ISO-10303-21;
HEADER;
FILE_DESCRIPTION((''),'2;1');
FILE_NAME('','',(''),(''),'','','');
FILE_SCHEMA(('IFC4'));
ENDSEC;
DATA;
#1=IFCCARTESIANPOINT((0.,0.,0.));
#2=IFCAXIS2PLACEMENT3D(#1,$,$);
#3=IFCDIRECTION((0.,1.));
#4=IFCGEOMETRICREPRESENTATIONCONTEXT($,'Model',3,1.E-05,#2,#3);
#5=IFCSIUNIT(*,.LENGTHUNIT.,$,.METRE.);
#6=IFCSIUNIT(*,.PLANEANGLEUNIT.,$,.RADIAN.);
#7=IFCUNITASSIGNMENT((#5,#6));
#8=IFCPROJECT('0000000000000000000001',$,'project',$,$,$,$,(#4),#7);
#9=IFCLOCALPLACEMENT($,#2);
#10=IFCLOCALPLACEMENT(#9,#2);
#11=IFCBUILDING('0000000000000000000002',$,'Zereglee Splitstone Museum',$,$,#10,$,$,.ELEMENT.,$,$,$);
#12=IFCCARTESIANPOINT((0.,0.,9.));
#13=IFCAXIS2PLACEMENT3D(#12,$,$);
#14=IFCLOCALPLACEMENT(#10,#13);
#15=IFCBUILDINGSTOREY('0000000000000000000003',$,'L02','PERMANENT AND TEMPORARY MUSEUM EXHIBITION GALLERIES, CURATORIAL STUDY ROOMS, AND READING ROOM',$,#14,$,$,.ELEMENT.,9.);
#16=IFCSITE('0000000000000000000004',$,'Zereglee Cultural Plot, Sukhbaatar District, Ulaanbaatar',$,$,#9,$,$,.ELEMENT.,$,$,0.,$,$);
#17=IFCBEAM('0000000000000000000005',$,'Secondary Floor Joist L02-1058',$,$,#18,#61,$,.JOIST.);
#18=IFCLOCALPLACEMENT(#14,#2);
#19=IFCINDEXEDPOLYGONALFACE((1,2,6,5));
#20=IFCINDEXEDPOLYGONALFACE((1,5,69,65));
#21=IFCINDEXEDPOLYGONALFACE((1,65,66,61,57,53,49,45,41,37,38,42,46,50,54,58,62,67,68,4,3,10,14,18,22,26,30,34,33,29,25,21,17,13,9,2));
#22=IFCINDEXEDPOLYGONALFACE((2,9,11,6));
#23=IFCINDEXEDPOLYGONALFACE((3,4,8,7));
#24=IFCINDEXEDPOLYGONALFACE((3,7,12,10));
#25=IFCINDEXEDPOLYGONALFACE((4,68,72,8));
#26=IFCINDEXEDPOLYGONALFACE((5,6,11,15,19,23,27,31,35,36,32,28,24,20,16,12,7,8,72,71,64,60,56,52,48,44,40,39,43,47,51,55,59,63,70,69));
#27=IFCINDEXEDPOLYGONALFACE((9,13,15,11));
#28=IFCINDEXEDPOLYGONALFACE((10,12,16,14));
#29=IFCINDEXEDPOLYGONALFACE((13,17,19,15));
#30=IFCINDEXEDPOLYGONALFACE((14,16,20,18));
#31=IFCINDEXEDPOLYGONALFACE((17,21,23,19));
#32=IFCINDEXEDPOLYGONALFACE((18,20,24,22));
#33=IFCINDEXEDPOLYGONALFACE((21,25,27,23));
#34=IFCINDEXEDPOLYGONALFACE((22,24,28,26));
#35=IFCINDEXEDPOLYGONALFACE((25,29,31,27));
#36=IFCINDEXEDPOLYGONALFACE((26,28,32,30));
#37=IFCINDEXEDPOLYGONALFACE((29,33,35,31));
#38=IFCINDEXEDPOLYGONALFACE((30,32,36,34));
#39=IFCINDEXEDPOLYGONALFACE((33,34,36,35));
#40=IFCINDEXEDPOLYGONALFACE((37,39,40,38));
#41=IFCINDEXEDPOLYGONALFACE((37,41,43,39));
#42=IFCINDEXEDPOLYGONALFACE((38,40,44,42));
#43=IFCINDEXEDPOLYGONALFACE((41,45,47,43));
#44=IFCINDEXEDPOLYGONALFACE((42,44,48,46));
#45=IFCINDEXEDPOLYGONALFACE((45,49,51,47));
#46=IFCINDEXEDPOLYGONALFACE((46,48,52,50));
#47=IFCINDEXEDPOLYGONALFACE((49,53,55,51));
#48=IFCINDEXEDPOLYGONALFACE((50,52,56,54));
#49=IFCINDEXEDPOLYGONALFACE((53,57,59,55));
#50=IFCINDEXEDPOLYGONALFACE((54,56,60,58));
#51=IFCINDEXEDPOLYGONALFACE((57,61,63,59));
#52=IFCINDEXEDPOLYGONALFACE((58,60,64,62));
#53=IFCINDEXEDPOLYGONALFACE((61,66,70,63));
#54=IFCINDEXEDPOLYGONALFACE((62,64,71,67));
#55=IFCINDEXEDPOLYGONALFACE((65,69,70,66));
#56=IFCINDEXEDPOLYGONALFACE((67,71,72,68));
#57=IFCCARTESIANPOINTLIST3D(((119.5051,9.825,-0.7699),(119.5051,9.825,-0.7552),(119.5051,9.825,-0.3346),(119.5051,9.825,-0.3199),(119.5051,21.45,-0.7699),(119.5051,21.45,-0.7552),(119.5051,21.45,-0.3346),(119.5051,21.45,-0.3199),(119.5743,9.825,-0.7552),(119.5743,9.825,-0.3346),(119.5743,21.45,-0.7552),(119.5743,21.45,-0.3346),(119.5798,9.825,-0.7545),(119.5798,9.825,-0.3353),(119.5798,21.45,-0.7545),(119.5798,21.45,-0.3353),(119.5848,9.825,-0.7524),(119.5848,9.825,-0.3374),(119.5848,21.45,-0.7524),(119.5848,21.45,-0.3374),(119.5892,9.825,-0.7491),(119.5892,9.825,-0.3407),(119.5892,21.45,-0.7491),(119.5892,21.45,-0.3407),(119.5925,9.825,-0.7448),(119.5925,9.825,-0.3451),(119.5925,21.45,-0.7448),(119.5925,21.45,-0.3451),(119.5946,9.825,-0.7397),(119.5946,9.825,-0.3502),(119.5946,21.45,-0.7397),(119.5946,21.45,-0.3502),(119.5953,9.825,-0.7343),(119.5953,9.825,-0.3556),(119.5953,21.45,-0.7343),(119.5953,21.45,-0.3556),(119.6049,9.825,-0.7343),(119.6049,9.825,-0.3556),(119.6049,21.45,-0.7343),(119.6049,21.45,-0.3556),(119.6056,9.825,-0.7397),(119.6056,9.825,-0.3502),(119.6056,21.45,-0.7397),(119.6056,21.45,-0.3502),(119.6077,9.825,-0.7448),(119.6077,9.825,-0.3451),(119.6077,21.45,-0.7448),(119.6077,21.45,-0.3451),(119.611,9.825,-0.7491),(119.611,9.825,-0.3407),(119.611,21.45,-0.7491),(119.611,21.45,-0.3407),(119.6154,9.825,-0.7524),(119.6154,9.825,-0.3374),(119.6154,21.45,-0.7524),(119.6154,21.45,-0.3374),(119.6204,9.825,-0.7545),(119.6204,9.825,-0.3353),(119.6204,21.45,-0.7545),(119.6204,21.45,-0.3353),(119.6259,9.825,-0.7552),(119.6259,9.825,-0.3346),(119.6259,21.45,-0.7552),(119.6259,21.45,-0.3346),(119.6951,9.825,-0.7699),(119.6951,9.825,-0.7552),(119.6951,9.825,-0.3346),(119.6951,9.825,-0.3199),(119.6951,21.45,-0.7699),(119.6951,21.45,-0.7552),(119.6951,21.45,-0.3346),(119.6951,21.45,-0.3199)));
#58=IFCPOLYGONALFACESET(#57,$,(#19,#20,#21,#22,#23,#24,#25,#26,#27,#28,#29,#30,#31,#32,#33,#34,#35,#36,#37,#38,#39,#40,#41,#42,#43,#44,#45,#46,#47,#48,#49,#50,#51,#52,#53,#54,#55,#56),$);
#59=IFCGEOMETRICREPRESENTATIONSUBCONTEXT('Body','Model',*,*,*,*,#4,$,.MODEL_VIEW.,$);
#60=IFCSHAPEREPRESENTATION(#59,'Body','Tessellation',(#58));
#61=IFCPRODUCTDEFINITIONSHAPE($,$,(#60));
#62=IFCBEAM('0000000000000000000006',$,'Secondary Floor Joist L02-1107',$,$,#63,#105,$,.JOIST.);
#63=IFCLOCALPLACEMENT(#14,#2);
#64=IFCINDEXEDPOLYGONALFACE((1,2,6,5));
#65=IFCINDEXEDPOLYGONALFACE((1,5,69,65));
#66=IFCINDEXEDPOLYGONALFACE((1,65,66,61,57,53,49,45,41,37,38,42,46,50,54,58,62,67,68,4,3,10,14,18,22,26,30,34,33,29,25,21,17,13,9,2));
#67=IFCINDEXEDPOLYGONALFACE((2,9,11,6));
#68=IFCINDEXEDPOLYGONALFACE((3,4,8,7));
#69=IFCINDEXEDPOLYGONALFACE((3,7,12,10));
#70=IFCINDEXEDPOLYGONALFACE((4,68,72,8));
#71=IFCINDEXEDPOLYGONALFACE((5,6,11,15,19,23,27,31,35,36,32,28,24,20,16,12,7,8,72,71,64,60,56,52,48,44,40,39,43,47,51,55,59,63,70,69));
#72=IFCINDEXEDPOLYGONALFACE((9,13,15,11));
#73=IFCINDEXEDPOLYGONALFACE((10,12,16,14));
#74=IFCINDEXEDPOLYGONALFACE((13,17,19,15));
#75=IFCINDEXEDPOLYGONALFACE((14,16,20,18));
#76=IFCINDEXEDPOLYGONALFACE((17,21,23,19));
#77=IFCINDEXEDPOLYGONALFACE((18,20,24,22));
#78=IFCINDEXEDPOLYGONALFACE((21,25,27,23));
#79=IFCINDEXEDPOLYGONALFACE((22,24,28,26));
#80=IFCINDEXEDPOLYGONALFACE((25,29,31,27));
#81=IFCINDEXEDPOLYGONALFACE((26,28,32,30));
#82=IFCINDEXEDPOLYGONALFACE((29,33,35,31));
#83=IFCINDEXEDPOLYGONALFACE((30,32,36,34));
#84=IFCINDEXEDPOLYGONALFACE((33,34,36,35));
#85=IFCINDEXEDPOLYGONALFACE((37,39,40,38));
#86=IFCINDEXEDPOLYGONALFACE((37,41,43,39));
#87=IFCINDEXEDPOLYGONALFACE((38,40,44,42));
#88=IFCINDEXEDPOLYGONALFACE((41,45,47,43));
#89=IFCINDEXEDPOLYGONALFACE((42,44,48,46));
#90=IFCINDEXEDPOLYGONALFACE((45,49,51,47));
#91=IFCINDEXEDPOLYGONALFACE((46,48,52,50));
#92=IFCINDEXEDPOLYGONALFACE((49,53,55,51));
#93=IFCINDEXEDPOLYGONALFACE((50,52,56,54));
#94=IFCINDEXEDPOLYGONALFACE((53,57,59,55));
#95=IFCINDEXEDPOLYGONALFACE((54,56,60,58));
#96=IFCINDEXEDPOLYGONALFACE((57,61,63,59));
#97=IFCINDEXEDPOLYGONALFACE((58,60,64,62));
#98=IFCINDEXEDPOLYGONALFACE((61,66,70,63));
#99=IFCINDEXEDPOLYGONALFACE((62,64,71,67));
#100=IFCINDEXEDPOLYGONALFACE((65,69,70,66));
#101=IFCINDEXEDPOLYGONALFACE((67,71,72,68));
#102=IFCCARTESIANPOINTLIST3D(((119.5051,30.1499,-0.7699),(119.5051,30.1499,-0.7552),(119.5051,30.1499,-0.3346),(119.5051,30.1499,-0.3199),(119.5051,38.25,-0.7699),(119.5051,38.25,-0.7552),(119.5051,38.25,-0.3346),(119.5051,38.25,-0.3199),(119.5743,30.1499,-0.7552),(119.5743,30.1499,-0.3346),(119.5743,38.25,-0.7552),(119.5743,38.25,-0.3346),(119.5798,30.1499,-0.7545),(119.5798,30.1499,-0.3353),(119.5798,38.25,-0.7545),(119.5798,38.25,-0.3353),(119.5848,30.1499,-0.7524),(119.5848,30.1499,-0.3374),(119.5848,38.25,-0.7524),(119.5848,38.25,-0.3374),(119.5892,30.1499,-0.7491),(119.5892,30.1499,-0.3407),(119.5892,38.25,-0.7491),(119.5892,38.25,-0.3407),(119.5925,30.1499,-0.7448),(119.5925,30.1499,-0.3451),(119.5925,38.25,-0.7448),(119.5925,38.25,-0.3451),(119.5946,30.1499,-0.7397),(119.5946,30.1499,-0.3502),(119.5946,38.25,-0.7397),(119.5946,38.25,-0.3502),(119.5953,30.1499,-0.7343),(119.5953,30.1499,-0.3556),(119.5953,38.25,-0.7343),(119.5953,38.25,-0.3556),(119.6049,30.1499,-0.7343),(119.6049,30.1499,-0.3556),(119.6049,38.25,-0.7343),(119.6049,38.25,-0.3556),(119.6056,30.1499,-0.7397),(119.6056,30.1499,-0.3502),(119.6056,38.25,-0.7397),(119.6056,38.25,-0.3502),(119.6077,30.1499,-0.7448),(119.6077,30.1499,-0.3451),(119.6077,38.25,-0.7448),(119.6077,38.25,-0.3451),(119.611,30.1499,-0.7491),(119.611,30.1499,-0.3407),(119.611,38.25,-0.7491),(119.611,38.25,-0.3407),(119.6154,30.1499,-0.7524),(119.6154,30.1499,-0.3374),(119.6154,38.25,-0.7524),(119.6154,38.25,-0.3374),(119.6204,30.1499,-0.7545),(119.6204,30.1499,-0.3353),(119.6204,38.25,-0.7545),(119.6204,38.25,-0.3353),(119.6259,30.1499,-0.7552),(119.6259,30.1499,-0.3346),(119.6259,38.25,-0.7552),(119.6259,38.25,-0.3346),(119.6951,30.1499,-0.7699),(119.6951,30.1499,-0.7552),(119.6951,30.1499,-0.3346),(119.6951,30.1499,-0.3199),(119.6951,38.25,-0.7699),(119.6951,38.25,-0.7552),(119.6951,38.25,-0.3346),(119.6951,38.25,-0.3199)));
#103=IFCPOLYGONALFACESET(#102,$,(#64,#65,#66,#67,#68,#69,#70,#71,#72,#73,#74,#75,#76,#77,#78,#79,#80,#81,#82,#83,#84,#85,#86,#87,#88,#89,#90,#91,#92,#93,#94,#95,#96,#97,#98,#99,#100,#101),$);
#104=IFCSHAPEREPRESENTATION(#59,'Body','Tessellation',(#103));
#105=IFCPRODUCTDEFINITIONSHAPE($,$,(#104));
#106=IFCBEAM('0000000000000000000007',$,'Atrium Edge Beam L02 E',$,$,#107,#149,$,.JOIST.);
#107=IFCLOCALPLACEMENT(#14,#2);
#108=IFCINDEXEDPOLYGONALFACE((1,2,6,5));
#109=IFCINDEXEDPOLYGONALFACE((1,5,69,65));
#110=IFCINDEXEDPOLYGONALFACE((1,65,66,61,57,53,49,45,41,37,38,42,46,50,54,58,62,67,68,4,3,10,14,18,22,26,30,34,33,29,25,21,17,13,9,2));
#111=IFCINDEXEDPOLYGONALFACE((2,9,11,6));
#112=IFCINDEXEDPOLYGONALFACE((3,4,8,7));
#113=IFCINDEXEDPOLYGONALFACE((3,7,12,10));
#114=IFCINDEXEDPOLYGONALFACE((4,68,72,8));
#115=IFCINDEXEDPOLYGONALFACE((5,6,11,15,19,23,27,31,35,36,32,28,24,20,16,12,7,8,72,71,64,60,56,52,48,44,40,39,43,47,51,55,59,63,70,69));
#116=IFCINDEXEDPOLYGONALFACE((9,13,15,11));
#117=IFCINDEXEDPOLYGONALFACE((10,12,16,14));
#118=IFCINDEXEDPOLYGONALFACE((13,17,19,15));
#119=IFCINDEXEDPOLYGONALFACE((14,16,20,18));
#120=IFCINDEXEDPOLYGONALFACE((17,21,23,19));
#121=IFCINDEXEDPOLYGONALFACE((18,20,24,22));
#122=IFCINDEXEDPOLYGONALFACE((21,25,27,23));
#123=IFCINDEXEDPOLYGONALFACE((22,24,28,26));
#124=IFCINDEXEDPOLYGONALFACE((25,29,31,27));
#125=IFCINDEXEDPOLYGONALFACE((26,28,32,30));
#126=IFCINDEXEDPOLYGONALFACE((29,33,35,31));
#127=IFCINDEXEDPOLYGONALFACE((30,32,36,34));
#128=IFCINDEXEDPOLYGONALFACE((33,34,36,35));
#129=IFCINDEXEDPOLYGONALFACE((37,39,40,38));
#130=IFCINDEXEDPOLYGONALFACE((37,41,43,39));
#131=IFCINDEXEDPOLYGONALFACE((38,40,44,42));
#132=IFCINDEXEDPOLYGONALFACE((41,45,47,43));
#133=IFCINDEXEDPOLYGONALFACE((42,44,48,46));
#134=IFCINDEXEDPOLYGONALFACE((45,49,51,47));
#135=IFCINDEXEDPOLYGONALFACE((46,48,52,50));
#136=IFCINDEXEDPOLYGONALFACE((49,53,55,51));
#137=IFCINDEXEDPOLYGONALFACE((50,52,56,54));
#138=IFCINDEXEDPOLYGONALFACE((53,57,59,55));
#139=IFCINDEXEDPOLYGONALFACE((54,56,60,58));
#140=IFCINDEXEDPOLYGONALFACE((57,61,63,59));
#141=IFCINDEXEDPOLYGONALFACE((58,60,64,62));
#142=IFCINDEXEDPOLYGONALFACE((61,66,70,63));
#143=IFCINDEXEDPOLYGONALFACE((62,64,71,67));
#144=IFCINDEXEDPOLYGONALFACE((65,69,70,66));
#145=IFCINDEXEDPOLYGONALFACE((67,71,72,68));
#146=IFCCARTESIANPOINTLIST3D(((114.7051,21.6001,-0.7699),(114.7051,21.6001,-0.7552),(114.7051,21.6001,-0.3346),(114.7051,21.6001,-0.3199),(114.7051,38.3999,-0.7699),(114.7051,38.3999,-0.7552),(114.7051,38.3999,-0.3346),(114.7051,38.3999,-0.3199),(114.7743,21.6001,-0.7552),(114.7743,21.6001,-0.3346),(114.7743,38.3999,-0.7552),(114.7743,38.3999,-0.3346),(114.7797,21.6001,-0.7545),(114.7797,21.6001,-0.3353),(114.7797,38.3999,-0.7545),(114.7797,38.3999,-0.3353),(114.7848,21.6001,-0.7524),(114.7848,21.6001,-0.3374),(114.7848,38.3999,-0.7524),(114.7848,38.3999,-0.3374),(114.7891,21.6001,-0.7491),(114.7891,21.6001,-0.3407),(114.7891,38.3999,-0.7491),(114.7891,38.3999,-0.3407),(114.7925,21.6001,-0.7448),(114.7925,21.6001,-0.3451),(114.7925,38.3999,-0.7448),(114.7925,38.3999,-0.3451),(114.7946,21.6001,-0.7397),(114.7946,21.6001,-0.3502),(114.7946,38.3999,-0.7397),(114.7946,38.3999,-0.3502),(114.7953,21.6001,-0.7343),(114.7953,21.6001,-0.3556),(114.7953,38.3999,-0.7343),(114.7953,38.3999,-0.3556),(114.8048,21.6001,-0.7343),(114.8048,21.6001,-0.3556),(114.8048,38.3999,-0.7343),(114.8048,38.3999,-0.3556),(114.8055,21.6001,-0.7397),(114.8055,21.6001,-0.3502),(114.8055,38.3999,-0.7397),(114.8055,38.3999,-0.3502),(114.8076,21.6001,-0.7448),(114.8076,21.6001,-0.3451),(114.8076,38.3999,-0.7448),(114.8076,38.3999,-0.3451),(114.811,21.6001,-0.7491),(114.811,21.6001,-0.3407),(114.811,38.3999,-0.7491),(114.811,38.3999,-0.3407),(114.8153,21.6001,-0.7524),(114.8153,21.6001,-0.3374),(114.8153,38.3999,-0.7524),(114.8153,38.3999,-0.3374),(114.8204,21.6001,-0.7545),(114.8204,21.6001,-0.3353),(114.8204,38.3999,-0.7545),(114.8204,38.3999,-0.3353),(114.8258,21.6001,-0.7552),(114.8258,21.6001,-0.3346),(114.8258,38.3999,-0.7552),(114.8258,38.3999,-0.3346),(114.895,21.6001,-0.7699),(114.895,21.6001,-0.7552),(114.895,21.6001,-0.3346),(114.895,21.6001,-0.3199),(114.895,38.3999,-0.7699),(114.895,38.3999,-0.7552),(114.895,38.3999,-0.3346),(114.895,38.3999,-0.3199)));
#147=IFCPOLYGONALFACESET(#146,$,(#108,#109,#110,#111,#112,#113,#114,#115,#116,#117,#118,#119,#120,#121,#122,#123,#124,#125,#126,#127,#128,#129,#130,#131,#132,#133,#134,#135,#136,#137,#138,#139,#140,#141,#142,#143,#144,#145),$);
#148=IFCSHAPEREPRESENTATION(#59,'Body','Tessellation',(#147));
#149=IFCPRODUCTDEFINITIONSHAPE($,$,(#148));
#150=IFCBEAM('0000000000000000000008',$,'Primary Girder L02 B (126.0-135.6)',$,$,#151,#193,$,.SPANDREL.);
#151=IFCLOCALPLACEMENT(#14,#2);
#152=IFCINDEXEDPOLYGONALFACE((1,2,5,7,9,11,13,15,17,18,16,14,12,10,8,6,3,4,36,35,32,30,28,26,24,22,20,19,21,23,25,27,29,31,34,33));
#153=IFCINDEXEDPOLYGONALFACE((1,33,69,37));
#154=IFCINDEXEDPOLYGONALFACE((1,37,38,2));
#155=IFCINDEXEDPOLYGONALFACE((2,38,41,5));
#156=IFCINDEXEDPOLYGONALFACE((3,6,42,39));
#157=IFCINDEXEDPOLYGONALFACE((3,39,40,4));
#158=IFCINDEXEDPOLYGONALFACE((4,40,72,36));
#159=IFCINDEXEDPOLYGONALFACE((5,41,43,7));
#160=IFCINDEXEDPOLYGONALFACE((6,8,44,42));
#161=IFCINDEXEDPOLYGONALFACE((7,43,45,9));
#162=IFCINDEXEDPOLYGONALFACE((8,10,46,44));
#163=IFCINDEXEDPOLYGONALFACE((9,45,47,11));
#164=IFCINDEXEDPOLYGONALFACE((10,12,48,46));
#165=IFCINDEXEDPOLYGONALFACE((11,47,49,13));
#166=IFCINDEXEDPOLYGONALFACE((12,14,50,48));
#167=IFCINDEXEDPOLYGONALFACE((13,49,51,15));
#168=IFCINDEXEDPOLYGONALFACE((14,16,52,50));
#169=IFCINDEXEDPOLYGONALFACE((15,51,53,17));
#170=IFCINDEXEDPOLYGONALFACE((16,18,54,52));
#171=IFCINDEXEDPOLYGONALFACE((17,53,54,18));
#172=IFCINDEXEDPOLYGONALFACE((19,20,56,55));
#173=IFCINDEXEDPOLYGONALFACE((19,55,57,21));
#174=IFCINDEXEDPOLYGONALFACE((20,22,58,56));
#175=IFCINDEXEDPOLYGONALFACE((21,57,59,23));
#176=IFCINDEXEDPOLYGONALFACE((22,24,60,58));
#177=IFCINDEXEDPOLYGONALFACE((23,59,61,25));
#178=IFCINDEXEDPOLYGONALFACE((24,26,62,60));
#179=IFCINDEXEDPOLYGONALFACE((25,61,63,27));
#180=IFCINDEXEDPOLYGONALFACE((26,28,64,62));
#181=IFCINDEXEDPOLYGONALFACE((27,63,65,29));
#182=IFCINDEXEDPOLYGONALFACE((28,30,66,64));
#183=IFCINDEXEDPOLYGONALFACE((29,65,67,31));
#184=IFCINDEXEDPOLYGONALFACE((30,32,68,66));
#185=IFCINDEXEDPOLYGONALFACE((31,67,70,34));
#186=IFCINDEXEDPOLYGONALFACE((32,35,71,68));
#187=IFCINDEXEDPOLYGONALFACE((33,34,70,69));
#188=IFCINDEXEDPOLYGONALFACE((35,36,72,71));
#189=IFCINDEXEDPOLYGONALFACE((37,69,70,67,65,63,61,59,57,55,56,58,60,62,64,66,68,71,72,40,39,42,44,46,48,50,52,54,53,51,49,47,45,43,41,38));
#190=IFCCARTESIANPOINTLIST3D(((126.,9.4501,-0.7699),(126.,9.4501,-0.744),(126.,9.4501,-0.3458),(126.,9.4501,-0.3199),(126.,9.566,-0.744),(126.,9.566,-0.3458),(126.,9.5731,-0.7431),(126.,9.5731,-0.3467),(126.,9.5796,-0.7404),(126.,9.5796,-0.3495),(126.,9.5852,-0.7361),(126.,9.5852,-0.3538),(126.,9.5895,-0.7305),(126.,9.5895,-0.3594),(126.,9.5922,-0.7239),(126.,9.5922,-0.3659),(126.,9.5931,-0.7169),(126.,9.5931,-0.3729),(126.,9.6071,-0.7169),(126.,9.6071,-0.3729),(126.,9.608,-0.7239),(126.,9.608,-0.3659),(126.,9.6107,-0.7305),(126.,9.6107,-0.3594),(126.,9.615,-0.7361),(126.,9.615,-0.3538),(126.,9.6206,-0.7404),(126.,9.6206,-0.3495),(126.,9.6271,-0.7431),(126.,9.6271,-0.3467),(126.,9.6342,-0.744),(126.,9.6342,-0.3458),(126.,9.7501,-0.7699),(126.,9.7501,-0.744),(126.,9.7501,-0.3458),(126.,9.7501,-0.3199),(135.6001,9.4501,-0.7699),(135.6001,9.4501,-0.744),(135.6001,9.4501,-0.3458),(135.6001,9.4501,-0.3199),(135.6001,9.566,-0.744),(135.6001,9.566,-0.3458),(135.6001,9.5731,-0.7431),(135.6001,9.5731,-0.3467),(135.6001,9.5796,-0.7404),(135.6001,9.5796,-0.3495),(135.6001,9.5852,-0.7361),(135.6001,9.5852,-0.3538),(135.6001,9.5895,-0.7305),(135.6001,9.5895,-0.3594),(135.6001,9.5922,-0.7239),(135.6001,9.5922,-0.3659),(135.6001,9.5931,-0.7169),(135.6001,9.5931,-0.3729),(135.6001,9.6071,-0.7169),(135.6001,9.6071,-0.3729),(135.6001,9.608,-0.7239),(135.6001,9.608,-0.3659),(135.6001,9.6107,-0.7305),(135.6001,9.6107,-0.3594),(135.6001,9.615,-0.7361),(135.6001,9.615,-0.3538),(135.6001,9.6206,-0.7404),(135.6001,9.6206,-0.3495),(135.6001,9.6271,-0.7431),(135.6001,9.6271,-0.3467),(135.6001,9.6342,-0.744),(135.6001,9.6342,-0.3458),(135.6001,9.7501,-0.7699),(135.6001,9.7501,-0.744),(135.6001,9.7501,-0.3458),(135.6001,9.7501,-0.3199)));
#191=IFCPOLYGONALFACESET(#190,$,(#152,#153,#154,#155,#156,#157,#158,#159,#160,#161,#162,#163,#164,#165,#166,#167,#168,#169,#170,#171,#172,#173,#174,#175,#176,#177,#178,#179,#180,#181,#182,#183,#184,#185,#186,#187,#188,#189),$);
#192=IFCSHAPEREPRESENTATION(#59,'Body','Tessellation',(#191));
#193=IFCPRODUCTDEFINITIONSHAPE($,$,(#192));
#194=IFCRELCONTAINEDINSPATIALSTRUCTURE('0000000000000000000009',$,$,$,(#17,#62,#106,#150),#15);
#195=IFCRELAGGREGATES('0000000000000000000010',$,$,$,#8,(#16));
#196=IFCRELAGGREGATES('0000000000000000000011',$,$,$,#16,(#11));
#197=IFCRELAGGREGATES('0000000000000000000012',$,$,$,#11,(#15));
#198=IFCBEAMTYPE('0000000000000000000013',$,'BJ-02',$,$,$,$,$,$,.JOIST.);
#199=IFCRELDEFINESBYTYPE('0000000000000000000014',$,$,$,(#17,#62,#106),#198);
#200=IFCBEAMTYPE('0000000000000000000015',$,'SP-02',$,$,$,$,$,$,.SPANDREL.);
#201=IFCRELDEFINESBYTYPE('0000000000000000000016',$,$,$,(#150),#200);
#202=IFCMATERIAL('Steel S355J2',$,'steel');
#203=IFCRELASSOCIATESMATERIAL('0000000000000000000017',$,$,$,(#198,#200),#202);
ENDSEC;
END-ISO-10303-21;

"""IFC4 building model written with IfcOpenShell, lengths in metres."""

from ifc_helpers import new_model, si_unit, direction, frame, origin, origin_2d, place, context, subcontext, project, spatial, i_section, extrude, material, material_profile, profile_set, type_object, element, save


model = new_model("IFC4")

# Units and contexts
model_context = context("Model", 3, precision=1e-05, world=origin(), true_north=direction((0.0, 1.0)))
body_context = subcontext(model_context, "Body", "Model", "MODEL_VIEW")
ifc_project = project(units=[si_unit("LENGTHUNIT", "METRE"), si_unit("PLANEANGLEUNIT", "RADIAN")], contexts=[model_context])

# Site, building, storey
site_placement = place(None, origin())
site = spatial("IfcSite", under=ifc_project, at=site_placement, Name="Zereglee Cultural Plot, Sukhbaatar District, Ulaanbaatar", CompositionType="ELEMENT", RefElevation=0.0)
building_placement = place(site_placement, origin())
building = spatial("IfcBuilding", under=site, at=building_placement, Name="Zereglee Splitstone Museum", CompositionType="ELEMENT")
storey_placement = place(building_placement, frame((0.0, 0.0, 9.0)))
storey = spatial("IfcBuildingStorey", under=building, at=storey_placement, Name="L02", Description="PERMANENT AND TEMPORARY MUSEUM EXHIBITION GALLERIES, CURATORIAL STUDY ROOMS, AND READING ROOM", CompositionType="ELEMENT", Elevation=9.0)

# Shared definitions
ifc_material_1 = material(Name="Steel S355J2", Category="steel")

# Beams
ifc_material_profile_1 = material_profile(ifc_material_1, i_section(OverallWidth=0.1899, OverallDepth=0.45, WebThickness=0.0095, FlangeThickness=0.0146, FilletRadius=0.021, at=origin_2d()), Name="IPE 450")
ifc_profile_set_1 = profile_set([ifc_material_profile_1], Name="Steel S355J2")
beam_type_1 = type_object("IfcBeamType", Name="BJ-02", PredefinedType="JOIST", material=ifc_profile_set_1)
beam_1_placement = place(storey_placement, frame((119.6001, 9.825, -0.5449), z_axis=(0.0, 1.0, 0.0), x_axis=(-1.0, 0.0, 0.0)))
element("IfcBeam", 1, at=beam_1_placement, inside=storey, type_object=beam_type_1, Name="Secondary Floor Joist L02-1058", PredefinedType="JOIST", context=body_context, shape_type="SweptSolid", body=[
    extrude(i_section(OverallWidth=0.1899, OverallDepth=0.45, WebThickness=0.0095, FlangeThickness=0.0146, FilletRadius=0.021, at=origin_2d()), origin(), (0.0, 0.0, 1.0), 11.625),
])
beam_2_placement = place(storey_placement, frame((119.6001, 30.1499, -0.5449), z_axis=(0.0, 1.0, 0.0), x_axis=(-1.0, 0.0, 0.0)))
element("IfcBeam", 2, at=beam_2_placement, inside=storey, type_object=beam_type_1, Name="Secondary Floor Joist L02-1107", PredefinedType="JOIST", context=body_context, shape_type="SweptSolid", body=[
    extrude(i_section(OverallWidth=0.1899, OverallDepth=0.45, WebThickness=0.0095, FlangeThickness=0.0146, FilletRadius=0.021, at=origin_2d()), origin(), (0.0, 0.0, 1.0), 8.1001),
])
beam_3_placement = place(storey_placement, frame((114.8, 21.6001, -0.5449), z_axis=(0.0, 1.0, 0.0), x_axis=(-1.0, 0.0, 0.0)))
element("IfcBeam", 3, at=beam_3_placement, inside=storey, type_object=beam_type_1, Name="Atrium Edge Beam L02 E", PredefinedType="JOIST", context=body_context, shape_type="SweptSolid", body=[
    extrude(i_section(OverallWidth=0.1899, OverallDepth=0.45, WebThickness=0.0095, FlangeThickness=0.0146, FilletRadius=0.021, at=origin_2d()), origin(), (0.0, 0.0, 1.0), 16.7998),
])
ifc_material_profile_2 = material_profile(ifc_material_1, i_section(OverallWidth=0.3, OverallDepth=0.45, WebThickness=0.0139, FlangeThickness=0.0259, FilletRadius=0.0271, at=origin_2d()), Name="HE 450 B")
ifc_profile_set_2 = profile_set([ifc_material_profile_2], Name="Steel S355J2")
beam_type_2 = type_object("IfcBeamType", Name="SP-02", PredefinedType="SPANDREL", material=ifc_profile_set_2)
beam_4_placement = place(storey_placement, frame((126.0, 9.6001, -0.5449), z_axis=(1.0, 0.0, 0.0), x_axis=(0.0, 1.0, 0.0)))
element("IfcBeam", 4, at=beam_4_placement, inside=storey, type_object=beam_type_2, Name="Primary Girder L02 B (126.0-135.6)", PredefinedType="SPANDREL", context=body_context, shape_type="SweptSolid", body=[
    extrude(i_section(OverallWidth=0.3, OverallDepth=0.45, WebThickness=0.0139, FlangeThickness=0.0259, FilletRadius=0.0271, at=origin_2d()), origin(), (0.0, 0.0, 1.0), 9.6001),
])

save(model, "model.ifc")
